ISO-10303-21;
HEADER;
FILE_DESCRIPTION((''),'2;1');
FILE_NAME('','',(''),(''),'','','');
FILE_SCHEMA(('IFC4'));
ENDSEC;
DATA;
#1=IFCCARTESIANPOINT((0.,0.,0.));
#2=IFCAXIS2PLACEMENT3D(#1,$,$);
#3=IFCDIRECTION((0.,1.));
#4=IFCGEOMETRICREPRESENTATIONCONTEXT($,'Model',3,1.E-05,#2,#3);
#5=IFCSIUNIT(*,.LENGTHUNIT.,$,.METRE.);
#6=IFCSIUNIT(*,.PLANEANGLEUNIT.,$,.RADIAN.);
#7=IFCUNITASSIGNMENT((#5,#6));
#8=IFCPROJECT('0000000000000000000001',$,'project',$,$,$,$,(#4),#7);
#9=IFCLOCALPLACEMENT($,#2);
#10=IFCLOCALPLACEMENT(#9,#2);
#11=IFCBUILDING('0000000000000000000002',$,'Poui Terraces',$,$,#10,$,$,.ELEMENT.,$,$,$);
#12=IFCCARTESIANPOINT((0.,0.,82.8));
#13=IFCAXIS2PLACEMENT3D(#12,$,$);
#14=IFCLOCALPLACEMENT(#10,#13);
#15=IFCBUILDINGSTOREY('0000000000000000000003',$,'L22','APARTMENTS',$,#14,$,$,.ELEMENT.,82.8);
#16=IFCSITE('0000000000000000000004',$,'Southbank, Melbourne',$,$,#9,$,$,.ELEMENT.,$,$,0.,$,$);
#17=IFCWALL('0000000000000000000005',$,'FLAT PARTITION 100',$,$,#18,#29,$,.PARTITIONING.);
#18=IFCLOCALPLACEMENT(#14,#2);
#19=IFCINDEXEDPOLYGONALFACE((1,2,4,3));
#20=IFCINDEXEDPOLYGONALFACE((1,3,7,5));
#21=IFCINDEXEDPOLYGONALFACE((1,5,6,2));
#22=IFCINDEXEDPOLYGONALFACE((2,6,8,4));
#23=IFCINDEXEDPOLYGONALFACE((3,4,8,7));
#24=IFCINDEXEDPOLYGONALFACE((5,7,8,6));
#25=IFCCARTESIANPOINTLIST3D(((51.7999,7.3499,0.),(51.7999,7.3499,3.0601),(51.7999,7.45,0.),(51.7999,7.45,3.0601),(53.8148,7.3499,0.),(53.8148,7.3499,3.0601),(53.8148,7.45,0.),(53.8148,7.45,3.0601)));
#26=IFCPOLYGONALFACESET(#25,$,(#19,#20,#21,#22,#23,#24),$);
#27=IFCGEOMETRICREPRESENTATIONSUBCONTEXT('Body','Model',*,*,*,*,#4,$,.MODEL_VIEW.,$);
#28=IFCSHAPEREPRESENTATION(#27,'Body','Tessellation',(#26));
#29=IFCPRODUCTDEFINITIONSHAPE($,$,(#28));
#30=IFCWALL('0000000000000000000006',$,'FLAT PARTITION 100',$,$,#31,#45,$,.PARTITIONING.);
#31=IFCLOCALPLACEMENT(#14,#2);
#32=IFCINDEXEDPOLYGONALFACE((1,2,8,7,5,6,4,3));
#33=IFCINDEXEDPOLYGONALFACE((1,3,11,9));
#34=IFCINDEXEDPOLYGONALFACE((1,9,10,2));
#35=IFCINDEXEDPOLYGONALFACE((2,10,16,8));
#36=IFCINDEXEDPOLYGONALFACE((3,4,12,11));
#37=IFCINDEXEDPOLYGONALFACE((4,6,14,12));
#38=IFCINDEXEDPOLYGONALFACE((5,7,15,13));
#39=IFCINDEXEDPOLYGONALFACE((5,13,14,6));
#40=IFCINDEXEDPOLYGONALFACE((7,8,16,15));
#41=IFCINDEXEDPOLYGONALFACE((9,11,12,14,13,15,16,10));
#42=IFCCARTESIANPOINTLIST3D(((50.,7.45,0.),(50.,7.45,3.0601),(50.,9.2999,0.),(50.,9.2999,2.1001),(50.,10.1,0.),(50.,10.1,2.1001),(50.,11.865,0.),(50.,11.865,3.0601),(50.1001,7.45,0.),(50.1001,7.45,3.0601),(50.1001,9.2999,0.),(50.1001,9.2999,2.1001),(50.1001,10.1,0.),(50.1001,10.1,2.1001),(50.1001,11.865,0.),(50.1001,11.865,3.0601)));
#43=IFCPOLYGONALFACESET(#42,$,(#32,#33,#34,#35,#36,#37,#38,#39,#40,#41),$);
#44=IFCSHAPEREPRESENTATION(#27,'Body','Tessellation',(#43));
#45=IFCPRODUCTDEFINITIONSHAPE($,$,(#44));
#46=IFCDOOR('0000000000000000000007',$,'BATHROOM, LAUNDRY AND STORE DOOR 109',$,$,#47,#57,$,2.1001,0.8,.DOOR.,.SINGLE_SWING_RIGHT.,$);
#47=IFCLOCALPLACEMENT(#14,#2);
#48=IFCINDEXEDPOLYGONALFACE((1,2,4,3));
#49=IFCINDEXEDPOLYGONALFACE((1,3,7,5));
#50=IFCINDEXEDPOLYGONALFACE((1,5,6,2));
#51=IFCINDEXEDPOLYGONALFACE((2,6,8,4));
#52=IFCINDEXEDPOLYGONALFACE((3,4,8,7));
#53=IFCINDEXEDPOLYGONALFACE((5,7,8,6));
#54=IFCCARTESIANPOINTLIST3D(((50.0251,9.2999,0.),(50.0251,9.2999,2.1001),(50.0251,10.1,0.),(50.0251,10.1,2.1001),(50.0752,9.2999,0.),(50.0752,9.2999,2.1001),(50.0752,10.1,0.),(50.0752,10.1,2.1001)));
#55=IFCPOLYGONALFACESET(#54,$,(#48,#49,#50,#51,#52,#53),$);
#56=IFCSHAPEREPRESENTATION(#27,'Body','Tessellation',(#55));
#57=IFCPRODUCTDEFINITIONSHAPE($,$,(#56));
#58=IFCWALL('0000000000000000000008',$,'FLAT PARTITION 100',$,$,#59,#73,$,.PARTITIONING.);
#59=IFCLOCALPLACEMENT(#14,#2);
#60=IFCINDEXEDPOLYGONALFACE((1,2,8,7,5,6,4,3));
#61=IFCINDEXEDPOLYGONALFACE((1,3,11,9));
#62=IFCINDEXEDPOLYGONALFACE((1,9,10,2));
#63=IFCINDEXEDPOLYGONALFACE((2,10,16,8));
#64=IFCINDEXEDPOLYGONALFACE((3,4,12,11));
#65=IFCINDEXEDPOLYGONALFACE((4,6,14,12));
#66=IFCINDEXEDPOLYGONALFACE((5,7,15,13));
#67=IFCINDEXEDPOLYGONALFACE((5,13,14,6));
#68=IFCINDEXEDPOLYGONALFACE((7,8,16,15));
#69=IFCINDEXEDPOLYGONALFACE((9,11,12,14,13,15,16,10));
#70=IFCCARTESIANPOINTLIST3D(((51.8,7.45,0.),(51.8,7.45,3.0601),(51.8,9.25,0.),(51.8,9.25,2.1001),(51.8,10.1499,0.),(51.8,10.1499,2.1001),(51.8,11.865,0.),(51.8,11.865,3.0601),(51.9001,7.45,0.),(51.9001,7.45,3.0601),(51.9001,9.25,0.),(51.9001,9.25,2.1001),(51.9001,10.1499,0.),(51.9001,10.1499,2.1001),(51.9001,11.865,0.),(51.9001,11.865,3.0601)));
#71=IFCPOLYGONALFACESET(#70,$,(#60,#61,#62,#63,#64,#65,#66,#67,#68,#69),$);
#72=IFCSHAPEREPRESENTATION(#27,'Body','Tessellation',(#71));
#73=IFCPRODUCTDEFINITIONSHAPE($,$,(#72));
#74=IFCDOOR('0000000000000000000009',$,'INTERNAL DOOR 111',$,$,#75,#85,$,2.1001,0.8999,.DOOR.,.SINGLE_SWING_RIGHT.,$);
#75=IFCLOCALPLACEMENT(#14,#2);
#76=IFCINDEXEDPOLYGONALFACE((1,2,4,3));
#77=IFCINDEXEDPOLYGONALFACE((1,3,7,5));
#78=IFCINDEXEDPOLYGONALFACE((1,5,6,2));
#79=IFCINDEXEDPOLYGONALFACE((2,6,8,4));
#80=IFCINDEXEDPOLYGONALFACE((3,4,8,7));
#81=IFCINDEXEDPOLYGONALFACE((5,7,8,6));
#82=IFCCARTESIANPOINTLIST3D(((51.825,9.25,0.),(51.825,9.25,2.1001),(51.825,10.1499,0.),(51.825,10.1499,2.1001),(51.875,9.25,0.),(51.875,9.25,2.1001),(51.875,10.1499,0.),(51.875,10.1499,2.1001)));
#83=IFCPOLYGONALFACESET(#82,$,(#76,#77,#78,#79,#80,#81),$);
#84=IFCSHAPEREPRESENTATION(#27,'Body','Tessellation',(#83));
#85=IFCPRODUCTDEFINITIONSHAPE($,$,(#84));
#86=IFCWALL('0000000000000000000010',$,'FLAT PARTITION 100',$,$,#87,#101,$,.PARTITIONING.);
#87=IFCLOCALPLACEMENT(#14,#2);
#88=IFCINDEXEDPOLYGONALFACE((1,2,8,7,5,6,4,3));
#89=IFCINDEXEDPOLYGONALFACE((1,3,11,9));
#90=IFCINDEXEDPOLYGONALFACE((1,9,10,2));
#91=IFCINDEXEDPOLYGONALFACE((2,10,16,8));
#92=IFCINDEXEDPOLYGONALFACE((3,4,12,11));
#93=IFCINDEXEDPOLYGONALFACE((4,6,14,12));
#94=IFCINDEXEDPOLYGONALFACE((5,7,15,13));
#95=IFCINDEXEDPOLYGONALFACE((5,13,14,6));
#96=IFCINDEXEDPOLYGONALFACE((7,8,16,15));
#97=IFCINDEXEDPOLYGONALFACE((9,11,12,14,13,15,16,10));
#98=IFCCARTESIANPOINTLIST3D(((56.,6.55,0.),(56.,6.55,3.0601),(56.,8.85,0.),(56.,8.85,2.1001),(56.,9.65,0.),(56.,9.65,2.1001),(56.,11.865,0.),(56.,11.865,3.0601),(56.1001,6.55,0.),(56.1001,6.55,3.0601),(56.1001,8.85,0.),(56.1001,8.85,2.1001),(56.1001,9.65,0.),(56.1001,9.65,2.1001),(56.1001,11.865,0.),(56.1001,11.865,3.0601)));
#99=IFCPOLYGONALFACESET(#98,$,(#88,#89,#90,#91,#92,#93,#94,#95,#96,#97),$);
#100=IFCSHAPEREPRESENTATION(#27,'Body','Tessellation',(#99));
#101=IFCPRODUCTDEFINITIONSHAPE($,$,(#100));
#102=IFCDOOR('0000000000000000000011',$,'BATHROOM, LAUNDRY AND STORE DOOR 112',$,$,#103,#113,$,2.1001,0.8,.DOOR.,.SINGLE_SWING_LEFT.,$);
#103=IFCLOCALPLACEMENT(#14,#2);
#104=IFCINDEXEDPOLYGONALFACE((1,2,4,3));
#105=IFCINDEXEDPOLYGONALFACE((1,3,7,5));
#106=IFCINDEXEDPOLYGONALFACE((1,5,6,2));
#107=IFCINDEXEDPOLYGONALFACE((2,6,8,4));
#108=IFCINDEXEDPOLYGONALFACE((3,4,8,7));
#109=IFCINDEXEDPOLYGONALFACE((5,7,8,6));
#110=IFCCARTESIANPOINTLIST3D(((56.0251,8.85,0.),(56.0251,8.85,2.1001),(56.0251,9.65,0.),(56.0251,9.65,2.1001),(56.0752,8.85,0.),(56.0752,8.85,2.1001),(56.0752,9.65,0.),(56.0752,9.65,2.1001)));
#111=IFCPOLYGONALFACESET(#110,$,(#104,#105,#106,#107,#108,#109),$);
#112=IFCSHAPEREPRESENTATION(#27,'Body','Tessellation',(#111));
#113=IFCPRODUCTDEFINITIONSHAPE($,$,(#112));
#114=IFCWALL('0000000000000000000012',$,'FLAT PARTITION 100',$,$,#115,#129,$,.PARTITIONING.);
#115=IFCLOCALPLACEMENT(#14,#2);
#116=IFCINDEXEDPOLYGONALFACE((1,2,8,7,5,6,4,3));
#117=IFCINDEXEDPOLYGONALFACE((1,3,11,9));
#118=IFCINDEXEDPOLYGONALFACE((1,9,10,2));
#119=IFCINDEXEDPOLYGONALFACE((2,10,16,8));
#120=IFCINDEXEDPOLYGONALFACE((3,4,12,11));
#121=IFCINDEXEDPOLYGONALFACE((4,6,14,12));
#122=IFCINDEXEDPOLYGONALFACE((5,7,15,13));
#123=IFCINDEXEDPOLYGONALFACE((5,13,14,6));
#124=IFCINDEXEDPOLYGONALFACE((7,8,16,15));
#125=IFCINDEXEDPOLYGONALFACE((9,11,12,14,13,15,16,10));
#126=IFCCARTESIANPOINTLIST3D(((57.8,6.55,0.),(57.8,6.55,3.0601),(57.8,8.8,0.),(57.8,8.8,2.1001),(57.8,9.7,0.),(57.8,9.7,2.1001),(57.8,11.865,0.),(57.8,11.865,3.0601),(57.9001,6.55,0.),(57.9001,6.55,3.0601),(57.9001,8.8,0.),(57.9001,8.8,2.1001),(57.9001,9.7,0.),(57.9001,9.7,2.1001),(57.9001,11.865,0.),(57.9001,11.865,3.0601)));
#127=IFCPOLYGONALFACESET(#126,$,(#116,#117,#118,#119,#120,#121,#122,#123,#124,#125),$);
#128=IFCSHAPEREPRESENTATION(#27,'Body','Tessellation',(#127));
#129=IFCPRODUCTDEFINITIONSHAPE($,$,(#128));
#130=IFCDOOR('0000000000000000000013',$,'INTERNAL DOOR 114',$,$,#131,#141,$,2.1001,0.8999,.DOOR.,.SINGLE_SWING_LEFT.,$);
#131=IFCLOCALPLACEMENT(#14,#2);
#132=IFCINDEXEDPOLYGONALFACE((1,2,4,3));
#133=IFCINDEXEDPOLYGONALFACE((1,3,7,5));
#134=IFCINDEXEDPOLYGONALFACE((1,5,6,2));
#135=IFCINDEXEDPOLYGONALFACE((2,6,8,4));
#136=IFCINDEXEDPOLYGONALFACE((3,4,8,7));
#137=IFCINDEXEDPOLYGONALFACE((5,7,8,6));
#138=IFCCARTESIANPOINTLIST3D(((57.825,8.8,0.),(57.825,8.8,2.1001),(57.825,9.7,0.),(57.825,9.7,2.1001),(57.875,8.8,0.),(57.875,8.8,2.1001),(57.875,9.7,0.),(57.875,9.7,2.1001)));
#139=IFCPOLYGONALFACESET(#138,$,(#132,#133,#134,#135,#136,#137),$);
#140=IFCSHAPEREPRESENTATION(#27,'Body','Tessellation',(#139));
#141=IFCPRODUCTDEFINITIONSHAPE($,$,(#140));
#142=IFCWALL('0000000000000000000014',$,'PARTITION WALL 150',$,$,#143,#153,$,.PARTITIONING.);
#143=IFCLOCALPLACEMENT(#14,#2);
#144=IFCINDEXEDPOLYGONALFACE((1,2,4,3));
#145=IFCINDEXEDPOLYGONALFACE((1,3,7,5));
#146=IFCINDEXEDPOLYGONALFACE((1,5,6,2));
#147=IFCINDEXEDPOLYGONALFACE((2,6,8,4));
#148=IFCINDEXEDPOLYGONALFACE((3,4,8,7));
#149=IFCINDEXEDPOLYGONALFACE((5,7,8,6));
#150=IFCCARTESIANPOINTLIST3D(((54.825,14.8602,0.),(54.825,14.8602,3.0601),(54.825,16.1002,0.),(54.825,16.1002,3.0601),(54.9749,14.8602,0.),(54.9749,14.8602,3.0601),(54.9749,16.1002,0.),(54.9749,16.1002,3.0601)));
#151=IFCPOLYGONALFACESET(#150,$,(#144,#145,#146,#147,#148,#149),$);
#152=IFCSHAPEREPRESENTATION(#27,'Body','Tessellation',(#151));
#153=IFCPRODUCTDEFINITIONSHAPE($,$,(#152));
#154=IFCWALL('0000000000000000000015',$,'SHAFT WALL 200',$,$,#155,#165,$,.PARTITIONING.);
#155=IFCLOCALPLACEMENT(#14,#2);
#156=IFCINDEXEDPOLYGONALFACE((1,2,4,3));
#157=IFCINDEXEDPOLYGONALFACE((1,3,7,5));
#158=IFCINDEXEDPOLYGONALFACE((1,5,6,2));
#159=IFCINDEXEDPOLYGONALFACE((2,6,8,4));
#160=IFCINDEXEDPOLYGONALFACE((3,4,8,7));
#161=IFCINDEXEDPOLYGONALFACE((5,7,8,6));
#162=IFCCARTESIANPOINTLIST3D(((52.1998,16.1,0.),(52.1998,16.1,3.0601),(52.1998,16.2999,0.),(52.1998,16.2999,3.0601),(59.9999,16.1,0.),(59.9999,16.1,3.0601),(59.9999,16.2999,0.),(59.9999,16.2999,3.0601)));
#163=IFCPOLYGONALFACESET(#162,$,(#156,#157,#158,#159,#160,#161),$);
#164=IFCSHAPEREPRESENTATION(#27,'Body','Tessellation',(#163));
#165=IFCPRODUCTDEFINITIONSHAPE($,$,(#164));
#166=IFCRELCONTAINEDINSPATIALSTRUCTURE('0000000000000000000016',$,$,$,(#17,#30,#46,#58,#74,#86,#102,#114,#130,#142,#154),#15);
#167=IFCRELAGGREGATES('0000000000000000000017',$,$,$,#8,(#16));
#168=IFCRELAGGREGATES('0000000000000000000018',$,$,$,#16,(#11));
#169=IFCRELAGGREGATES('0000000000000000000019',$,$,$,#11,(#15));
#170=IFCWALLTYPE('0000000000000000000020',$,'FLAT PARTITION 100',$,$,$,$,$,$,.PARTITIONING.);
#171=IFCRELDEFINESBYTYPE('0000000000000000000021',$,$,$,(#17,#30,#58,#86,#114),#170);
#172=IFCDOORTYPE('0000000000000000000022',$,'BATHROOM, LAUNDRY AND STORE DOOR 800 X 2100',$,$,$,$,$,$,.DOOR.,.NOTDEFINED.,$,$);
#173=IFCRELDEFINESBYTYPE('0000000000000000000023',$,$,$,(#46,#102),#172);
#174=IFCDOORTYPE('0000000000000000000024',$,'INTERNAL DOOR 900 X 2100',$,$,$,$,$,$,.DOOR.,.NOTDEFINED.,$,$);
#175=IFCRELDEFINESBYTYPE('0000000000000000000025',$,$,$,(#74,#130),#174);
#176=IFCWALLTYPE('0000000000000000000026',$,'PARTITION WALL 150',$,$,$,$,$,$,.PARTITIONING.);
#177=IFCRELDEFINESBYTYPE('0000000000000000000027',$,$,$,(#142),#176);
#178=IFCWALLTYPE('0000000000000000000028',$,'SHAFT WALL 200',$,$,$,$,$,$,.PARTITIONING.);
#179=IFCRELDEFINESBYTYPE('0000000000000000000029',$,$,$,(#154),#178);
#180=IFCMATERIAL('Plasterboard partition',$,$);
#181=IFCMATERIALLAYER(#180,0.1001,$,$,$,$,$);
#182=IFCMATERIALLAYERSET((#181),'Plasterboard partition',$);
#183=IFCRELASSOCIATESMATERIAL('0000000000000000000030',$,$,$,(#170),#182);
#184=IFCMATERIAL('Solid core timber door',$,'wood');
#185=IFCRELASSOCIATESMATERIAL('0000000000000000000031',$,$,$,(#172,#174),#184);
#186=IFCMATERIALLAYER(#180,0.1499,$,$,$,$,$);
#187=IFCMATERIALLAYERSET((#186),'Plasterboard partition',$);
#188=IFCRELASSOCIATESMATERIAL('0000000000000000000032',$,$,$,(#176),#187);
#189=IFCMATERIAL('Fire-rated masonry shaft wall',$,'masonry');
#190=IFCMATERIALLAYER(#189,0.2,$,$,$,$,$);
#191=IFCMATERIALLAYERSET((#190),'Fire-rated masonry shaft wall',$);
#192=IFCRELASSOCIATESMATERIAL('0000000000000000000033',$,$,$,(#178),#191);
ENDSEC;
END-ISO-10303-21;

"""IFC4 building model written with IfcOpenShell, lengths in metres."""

from ifc_helpers import new_model, si_unit, direction, frame, frame_2d, origin, place, context, subcontext, project, spatial, rectangle, extrude, material, layer, layer_set, type_object, element, fill, save


model = new_model("IFC4")

# Units and contexts
model_context = context("Model", 3, precision=1e-05, world=origin(), true_north=direction((0.0, 1.0)))
body_context = subcontext(model_context, "Body", "Model", "MODEL_VIEW")
ifc_project = project(units=[si_unit("LENGTHUNIT", "METRE"), si_unit("PLANEANGLEUNIT", "RADIAN")], contexts=[model_context])

# Site, building, storey
site_placement = place(None, origin())
site = spatial("IfcSite", under=ifc_project, at=site_placement, Name="Southbank, Melbourne", CompositionType="ELEMENT", RefElevation=0.0)
building_placement = place(site_placement, origin())
building = spatial("IfcBuilding", under=site, at=building_placement, Name="Poui Terraces", CompositionType="ELEMENT")
storey_placement = place(building_placement, frame((0.0, 0.0, 82.8)))
storey = spatial("IfcBuildingStorey", under=building, at=storey_placement, Name="L22", Description="APARTMENTS", CompositionType="ELEMENT", Elevation=82.8)

# Wall
ifc_material_1 = material(Name="Plasterboard partition")
ifc_layer_1 = layer(ifc_material_1, 0.1001)
ifc_layer_set_1 = layer_set([ifc_layer_1], Name="Plasterboard partition")
wall_type_1 = type_object("IfcWallType", Name="FLAT PARTITION 100", PredefinedType="PARTITIONING", material=ifc_layer_set_1)
wall_1_placement = place(storey_placement, frame((51.8, 7.3999, 0.0), z_axis=(0.0, 0.0, 1.0), x_axis=(1.0, 0.0, 0.0)))
element("IfcWall", 1, at=wall_1_placement, inside=storey, type_object=wall_type_1, Name="FLAT PARTITION 100", PredefinedType="PARTITIONING", context=body_context, shape_type="SweptSolid", body=[
    extrude(rectangle(XDim=2.0149, YDim=0.1001, at=frame_2d((1.0073, 0.0))), origin(), (0.0, 0.0, 1.0), 3.0601),
])

# Walls, openings, doors
wall_2_placement = place(storey_placement, frame((50.05, 7.45, 0.0), z_axis=(0.0, 0.0, 1.0), x_axis=(0.0, 1.0, 0.0)))
wall_2 = element("IfcWall", 2, at=wall_2_placement, inside=storey, type_object=wall_type_1, Name="FLAT PARTITION 100", PredefinedType="PARTITIONING", context=body_context, shape_type="SweptSolid", body=[
    extrude(rectangle(XDim=4.415, YDim=0.1001, at=frame_2d((2.2075, 0.0))), origin(), (0.0, 0.0, 1.0), 3.0601),
])
opening_1_placement = place(wall_2_placement, frame((1.8501, 0.0, 0.0)))
opening_1 = element("IfcOpeningElement", 3, at=opening_1_placement, cuts=wall_2, PredefinedType="OPENING", context=body_context, shape_type="SweptSolid", body=[
    extrude(rectangle(XDim=0.8, YDim=2.1001, at=frame_2d((0.3999, 1.05))), frame((0.0, 0.0601, 0.0), z_axis=(0.0, -1.0, 0.0), x_axis=(1.0, 0.0, 0.0)), (0.0, 0.0, 1.0), 0.1201),
])
ifc_material_2 = material(Name="Solid core timber door", Category="wood")
door_type_1 = type_object("IfcDoorType", Name="BATHROOM, LAUNDRY AND STORE DOOR 800 X 2100", OperationType="NOTDEFINED", PredefinedType="DOOR", material=ifc_material_2)
door_1_placement = place(opening_1_placement, origin())
door_1 = element("IfcDoor", 4, at=door_1_placement, inside=storey, type_object=door_type_1, Name="BATHROOM, LAUNDRY AND STORE DOOR 109", OperationType="SINGLE_SWING_RIGHT", OverallHeight=2.1001, OverallWidth=0.8, PredefinedType="DOOR", context=body_context, shape_type="SweptSolid", body=[
    extrude(rectangle(XDim=0.8, YDim=2.1001, at=frame_2d((0.3999, 1.05))), frame((0.0, 0.0249, 0.0), z_axis=(0.0, -1.0, 0.0), x_axis=(1.0, 0.0, 0.0)), (0.0, 0.0, 1.0), 0.05),
])
fill(opening_1, door_1)
wall_3_placement = place(storey_placement, frame((51.8501, 7.45, 0.0), z_axis=(0.0, 0.0, 1.0), x_axis=(0.0, 1.0, 0.0)))
wall_3 = element("IfcWall", 5, at=wall_3_placement, inside=storey, type_object=wall_type_1, Name="FLAT PARTITION 100", PredefinedType="PARTITIONING", context=body_context, shape_type="SweptSolid", body=[
    extrude(rectangle(XDim=4.415, YDim=0.1001, at=frame_2d((2.2075, 0.0))), origin(), (0.0, 0.0, 1.0), 3.0601),
])
opening_2_placement = place(wall_3_placement, frame((1.8, 0.0, 0.0)))
opening_2 = element("IfcOpeningElement", 6, at=opening_2_placement, cuts=wall_3, PredefinedType="OPENING", context=body_context, shape_type="SweptSolid", body=[
    extrude(rectangle(XDim=0.8999, YDim=2.1001, at=frame_2d((0.45, 1.05))), frame((0.0, 0.0601, 0.0), z_axis=(0.0, -1.0, 0.0), x_axis=(1.0, 0.0, 0.0)), (0.0, 0.0, 1.0), 0.1201),
])
door_type_2 = type_object("IfcDoorType", Name="INTERNAL DOOR 900 X 2100", OperationType="NOTDEFINED", PredefinedType="DOOR", material=ifc_material_2)
door_2_placement = place(opening_2_placement, frame((0.8999, 0.0, 0.0), z_axis=(0.0, 0.0, 1.0), x_axis=(-1.0, 0.0, 0.0)))
door_2 = element("IfcDoor", 7, at=door_2_placement, inside=storey, type_object=door_type_2, Name="INTERNAL DOOR 111", OperationType="SINGLE_SWING_RIGHT", OverallHeight=2.1001, OverallWidth=0.8999, PredefinedType="DOOR", context=body_context, shape_type="SweptSolid", body=[
    extrude(rectangle(XDim=0.8999, YDim=2.1001, at=frame_2d((0.45, 1.05))), frame((0.0, 0.0249, 0.0), z_axis=(0.0, -1.0, 0.0), x_axis=(1.0, 0.0, 0.0)), (0.0, 0.0, 1.0), 0.05),
])
fill(opening_2, door_2)
wall_4_placement = place(storey_placement, frame((56.05, 6.55, 0.0), z_axis=(0.0, 0.0, 1.0), x_axis=(0.0, 1.0, 0.0)))
wall_4 = element("IfcWall", 8, at=wall_4_placement, inside=storey, type_object=wall_type_1, Name="FLAT PARTITION 100", PredefinedType="PARTITIONING", context=body_context, shape_type="SweptSolid", body=[
    extrude(rectangle(XDim=5.3149, YDim=0.1001, at=frame_2d((2.6575, 0.0))), origin(), (0.0, 0.0, 1.0), 3.0601),
])
opening_3_placement = place(wall_4_placement, frame((2.3, 0.0, 0.0)))
opening_3 = element("IfcOpeningElement", 9, at=opening_3_placement, cuts=wall_4, PredefinedType="OPENING", context=body_context, shape_type="SweptSolid", body=[
    extrude(rectangle(XDim=0.8, YDim=2.1001, at=frame_2d((0.3999, 1.05))), frame((0.0, 0.0601, 0.0), z_axis=(0.0, -1.0, 0.0), x_axis=(1.0, 0.0, 0.0)), (0.0, 0.0, 1.0), 0.1201),
])
door_3_placement = place(opening_3_placement, origin())
door_3 = element("IfcDoor", 10, at=door_3_placement, inside=storey, type_object=door_type_1, Name="BATHROOM, LAUNDRY AND STORE DOOR 112", OperationType="SINGLE_SWING_LEFT", OverallHeight=2.1001, OverallWidth=0.8, PredefinedType="DOOR", context=body_context, shape_type="SweptSolid", body=[
    extrude(rectangle(XDim=0.8, YDim=2.1001, at=frame_2d((0.3999, 1.05))), frame((0.0, 0.0249, 0.0), z_axis=(0.0, -1.0, 0.0), x_axis=(1.0, 0.0, 0.0)), (0.0, 0.0, 1.0), 0.05),
])
fill(opening_3, door_3)
wall_5_placement = place(storey_placement, frame((57.8501, 6.55, 0.0), z_axis=(0.0, 0.0, 1.0), x_axis=(0.0, 1.0, 0.0)))
wall_5 = element("IfcWall", 11, at=wall_5_placement, inside=storey, type_object=wall_type_1, Name="FLAT PARTITION 100", PredefinedType="PARTITIONING", context=body_context, shape_type="SweptSolid", body=[
    extrude(rectangle(XDim=5.3149, YDim=0.1001, at=frame_2d((2.6575, 0.0))), origin(), (0.0, 0.0, 1.0), 3.0601),
])
opening_4_placement = place(wall_5_placement, frame((2.25, 0.0, 0.0)))
opening_4 = element("IfcOpeningElement", 12, at=opening_4_placement, cuts=wall_5, PredefinedType="OPENING", context=body_context, shape_type="SweptSolid", body=[
    extrude(rectangle(XDim=0.8999, YDim=2.1001, at=frame_2d((0.45, 1.05))), frame((0.0, 0.0601, 0.0), z_axis=(0.0, -1.0, 0.0), x_axis=(1.0, 0.0, 0.0)), (0.0, 0.0, 1.0), 0.1201),
])
door_4_placement = place(opening_4_placement, frame((0.8999, 0.0, 0.0), z_axis=(0.0, 0.0, 1.0), x_axis=(-1.0, 0.0, 0.0)))
door_4 = element("IfcDoor", 13, at=door_4_placement, inside=storey, type_object=door_type_2, Name="INTERNAL DOOR 114", OperationType="SINGLE_SWING_LEFT", OverallHeight=2.1001, OverallWidth=0.8999, PredefinedType="DOOR", context=body_context, shape_type="SweptSolid", body=[
    extrude(rectangle(XDim=0.8999, YDim=2.1001, at=frame_2d((0.45, 1.05))), frame((0.0, 0.0249, 0.0), z_axis=(0.0, -1.0, 0.0), x_axis=(1.0, 0.0, 0.0)), (0.0, 0.0, 1.0), 0.05),
])
fill(opening_4, door_4)

# Walls
ifc_layer_2 = layer(ifc_material_1, 0.1499)
ifc_layer_set_2 = layer_set([ifc_layer_2], Name="Plasterboard partition")
wall_type_2 = type_object("IfcWallType", Name="PARTITION WALL 150", PredefinedType="PARTITIONING", material=ifc_layer_set_2)
wall_6_placement = place(storey_placement, frame((54.8999, 14.8601, 0.0), z_axis=(0.0, 0.0, 1.0), x_axis=(0.0, 1.0, 0.0)))
element("IfcWall", 14, at=wall_6_placement, inside=storey, type_object=wall_type_2, Name="PARTITION WALL 150", PredefinedType="PARTITIONING", context=body_context, shape_type="SweptSolid", body=[
    extrude(rectangle(XDim=1.24, YDim=0.1499, at=frame_2d((0.6201, 0.0))), origin(), (0.0, 0.0, 1.0), 3.0601),
])
ifc_material_3 = material(Name="Fire-rated masonry shaft wall", Category="masonry")
ifc_layer_3 = layer(ifc_material_3, 0.2)
ifc_layer_set_3 = layer_set([ifc_layer_3], Name="Fire-rated masonry shaft wall")
wall_type_3 = type_object("IfcWallType", Name="SHAFT WALL 200", PredefinedType="PARTITIONING", material=ifc_layer_set_3)
wall_7_placement = place(storey_placement, frame((52.2, 16.2, 0.0), z_axis=(0.0, 0.0, 1.0), x_axis=(1.0, 0.0, 0.0)))
element("IfcWall", 15, at=wall_7_placement, inside=storey, type_object=wall_type_3, Name="SHAFT WALL 200", PredefinedType="PARTITIONING", context=body_context, shape_type="SweptSolid", body=[
    extrude(rectangle(XDim=7.8, YDim=0.2, at=frame_2d((3.8999, 0.0))), origin(), (0.0, 0.0, 1.0), 3.0601),
])

save(model, "model.ifc")
